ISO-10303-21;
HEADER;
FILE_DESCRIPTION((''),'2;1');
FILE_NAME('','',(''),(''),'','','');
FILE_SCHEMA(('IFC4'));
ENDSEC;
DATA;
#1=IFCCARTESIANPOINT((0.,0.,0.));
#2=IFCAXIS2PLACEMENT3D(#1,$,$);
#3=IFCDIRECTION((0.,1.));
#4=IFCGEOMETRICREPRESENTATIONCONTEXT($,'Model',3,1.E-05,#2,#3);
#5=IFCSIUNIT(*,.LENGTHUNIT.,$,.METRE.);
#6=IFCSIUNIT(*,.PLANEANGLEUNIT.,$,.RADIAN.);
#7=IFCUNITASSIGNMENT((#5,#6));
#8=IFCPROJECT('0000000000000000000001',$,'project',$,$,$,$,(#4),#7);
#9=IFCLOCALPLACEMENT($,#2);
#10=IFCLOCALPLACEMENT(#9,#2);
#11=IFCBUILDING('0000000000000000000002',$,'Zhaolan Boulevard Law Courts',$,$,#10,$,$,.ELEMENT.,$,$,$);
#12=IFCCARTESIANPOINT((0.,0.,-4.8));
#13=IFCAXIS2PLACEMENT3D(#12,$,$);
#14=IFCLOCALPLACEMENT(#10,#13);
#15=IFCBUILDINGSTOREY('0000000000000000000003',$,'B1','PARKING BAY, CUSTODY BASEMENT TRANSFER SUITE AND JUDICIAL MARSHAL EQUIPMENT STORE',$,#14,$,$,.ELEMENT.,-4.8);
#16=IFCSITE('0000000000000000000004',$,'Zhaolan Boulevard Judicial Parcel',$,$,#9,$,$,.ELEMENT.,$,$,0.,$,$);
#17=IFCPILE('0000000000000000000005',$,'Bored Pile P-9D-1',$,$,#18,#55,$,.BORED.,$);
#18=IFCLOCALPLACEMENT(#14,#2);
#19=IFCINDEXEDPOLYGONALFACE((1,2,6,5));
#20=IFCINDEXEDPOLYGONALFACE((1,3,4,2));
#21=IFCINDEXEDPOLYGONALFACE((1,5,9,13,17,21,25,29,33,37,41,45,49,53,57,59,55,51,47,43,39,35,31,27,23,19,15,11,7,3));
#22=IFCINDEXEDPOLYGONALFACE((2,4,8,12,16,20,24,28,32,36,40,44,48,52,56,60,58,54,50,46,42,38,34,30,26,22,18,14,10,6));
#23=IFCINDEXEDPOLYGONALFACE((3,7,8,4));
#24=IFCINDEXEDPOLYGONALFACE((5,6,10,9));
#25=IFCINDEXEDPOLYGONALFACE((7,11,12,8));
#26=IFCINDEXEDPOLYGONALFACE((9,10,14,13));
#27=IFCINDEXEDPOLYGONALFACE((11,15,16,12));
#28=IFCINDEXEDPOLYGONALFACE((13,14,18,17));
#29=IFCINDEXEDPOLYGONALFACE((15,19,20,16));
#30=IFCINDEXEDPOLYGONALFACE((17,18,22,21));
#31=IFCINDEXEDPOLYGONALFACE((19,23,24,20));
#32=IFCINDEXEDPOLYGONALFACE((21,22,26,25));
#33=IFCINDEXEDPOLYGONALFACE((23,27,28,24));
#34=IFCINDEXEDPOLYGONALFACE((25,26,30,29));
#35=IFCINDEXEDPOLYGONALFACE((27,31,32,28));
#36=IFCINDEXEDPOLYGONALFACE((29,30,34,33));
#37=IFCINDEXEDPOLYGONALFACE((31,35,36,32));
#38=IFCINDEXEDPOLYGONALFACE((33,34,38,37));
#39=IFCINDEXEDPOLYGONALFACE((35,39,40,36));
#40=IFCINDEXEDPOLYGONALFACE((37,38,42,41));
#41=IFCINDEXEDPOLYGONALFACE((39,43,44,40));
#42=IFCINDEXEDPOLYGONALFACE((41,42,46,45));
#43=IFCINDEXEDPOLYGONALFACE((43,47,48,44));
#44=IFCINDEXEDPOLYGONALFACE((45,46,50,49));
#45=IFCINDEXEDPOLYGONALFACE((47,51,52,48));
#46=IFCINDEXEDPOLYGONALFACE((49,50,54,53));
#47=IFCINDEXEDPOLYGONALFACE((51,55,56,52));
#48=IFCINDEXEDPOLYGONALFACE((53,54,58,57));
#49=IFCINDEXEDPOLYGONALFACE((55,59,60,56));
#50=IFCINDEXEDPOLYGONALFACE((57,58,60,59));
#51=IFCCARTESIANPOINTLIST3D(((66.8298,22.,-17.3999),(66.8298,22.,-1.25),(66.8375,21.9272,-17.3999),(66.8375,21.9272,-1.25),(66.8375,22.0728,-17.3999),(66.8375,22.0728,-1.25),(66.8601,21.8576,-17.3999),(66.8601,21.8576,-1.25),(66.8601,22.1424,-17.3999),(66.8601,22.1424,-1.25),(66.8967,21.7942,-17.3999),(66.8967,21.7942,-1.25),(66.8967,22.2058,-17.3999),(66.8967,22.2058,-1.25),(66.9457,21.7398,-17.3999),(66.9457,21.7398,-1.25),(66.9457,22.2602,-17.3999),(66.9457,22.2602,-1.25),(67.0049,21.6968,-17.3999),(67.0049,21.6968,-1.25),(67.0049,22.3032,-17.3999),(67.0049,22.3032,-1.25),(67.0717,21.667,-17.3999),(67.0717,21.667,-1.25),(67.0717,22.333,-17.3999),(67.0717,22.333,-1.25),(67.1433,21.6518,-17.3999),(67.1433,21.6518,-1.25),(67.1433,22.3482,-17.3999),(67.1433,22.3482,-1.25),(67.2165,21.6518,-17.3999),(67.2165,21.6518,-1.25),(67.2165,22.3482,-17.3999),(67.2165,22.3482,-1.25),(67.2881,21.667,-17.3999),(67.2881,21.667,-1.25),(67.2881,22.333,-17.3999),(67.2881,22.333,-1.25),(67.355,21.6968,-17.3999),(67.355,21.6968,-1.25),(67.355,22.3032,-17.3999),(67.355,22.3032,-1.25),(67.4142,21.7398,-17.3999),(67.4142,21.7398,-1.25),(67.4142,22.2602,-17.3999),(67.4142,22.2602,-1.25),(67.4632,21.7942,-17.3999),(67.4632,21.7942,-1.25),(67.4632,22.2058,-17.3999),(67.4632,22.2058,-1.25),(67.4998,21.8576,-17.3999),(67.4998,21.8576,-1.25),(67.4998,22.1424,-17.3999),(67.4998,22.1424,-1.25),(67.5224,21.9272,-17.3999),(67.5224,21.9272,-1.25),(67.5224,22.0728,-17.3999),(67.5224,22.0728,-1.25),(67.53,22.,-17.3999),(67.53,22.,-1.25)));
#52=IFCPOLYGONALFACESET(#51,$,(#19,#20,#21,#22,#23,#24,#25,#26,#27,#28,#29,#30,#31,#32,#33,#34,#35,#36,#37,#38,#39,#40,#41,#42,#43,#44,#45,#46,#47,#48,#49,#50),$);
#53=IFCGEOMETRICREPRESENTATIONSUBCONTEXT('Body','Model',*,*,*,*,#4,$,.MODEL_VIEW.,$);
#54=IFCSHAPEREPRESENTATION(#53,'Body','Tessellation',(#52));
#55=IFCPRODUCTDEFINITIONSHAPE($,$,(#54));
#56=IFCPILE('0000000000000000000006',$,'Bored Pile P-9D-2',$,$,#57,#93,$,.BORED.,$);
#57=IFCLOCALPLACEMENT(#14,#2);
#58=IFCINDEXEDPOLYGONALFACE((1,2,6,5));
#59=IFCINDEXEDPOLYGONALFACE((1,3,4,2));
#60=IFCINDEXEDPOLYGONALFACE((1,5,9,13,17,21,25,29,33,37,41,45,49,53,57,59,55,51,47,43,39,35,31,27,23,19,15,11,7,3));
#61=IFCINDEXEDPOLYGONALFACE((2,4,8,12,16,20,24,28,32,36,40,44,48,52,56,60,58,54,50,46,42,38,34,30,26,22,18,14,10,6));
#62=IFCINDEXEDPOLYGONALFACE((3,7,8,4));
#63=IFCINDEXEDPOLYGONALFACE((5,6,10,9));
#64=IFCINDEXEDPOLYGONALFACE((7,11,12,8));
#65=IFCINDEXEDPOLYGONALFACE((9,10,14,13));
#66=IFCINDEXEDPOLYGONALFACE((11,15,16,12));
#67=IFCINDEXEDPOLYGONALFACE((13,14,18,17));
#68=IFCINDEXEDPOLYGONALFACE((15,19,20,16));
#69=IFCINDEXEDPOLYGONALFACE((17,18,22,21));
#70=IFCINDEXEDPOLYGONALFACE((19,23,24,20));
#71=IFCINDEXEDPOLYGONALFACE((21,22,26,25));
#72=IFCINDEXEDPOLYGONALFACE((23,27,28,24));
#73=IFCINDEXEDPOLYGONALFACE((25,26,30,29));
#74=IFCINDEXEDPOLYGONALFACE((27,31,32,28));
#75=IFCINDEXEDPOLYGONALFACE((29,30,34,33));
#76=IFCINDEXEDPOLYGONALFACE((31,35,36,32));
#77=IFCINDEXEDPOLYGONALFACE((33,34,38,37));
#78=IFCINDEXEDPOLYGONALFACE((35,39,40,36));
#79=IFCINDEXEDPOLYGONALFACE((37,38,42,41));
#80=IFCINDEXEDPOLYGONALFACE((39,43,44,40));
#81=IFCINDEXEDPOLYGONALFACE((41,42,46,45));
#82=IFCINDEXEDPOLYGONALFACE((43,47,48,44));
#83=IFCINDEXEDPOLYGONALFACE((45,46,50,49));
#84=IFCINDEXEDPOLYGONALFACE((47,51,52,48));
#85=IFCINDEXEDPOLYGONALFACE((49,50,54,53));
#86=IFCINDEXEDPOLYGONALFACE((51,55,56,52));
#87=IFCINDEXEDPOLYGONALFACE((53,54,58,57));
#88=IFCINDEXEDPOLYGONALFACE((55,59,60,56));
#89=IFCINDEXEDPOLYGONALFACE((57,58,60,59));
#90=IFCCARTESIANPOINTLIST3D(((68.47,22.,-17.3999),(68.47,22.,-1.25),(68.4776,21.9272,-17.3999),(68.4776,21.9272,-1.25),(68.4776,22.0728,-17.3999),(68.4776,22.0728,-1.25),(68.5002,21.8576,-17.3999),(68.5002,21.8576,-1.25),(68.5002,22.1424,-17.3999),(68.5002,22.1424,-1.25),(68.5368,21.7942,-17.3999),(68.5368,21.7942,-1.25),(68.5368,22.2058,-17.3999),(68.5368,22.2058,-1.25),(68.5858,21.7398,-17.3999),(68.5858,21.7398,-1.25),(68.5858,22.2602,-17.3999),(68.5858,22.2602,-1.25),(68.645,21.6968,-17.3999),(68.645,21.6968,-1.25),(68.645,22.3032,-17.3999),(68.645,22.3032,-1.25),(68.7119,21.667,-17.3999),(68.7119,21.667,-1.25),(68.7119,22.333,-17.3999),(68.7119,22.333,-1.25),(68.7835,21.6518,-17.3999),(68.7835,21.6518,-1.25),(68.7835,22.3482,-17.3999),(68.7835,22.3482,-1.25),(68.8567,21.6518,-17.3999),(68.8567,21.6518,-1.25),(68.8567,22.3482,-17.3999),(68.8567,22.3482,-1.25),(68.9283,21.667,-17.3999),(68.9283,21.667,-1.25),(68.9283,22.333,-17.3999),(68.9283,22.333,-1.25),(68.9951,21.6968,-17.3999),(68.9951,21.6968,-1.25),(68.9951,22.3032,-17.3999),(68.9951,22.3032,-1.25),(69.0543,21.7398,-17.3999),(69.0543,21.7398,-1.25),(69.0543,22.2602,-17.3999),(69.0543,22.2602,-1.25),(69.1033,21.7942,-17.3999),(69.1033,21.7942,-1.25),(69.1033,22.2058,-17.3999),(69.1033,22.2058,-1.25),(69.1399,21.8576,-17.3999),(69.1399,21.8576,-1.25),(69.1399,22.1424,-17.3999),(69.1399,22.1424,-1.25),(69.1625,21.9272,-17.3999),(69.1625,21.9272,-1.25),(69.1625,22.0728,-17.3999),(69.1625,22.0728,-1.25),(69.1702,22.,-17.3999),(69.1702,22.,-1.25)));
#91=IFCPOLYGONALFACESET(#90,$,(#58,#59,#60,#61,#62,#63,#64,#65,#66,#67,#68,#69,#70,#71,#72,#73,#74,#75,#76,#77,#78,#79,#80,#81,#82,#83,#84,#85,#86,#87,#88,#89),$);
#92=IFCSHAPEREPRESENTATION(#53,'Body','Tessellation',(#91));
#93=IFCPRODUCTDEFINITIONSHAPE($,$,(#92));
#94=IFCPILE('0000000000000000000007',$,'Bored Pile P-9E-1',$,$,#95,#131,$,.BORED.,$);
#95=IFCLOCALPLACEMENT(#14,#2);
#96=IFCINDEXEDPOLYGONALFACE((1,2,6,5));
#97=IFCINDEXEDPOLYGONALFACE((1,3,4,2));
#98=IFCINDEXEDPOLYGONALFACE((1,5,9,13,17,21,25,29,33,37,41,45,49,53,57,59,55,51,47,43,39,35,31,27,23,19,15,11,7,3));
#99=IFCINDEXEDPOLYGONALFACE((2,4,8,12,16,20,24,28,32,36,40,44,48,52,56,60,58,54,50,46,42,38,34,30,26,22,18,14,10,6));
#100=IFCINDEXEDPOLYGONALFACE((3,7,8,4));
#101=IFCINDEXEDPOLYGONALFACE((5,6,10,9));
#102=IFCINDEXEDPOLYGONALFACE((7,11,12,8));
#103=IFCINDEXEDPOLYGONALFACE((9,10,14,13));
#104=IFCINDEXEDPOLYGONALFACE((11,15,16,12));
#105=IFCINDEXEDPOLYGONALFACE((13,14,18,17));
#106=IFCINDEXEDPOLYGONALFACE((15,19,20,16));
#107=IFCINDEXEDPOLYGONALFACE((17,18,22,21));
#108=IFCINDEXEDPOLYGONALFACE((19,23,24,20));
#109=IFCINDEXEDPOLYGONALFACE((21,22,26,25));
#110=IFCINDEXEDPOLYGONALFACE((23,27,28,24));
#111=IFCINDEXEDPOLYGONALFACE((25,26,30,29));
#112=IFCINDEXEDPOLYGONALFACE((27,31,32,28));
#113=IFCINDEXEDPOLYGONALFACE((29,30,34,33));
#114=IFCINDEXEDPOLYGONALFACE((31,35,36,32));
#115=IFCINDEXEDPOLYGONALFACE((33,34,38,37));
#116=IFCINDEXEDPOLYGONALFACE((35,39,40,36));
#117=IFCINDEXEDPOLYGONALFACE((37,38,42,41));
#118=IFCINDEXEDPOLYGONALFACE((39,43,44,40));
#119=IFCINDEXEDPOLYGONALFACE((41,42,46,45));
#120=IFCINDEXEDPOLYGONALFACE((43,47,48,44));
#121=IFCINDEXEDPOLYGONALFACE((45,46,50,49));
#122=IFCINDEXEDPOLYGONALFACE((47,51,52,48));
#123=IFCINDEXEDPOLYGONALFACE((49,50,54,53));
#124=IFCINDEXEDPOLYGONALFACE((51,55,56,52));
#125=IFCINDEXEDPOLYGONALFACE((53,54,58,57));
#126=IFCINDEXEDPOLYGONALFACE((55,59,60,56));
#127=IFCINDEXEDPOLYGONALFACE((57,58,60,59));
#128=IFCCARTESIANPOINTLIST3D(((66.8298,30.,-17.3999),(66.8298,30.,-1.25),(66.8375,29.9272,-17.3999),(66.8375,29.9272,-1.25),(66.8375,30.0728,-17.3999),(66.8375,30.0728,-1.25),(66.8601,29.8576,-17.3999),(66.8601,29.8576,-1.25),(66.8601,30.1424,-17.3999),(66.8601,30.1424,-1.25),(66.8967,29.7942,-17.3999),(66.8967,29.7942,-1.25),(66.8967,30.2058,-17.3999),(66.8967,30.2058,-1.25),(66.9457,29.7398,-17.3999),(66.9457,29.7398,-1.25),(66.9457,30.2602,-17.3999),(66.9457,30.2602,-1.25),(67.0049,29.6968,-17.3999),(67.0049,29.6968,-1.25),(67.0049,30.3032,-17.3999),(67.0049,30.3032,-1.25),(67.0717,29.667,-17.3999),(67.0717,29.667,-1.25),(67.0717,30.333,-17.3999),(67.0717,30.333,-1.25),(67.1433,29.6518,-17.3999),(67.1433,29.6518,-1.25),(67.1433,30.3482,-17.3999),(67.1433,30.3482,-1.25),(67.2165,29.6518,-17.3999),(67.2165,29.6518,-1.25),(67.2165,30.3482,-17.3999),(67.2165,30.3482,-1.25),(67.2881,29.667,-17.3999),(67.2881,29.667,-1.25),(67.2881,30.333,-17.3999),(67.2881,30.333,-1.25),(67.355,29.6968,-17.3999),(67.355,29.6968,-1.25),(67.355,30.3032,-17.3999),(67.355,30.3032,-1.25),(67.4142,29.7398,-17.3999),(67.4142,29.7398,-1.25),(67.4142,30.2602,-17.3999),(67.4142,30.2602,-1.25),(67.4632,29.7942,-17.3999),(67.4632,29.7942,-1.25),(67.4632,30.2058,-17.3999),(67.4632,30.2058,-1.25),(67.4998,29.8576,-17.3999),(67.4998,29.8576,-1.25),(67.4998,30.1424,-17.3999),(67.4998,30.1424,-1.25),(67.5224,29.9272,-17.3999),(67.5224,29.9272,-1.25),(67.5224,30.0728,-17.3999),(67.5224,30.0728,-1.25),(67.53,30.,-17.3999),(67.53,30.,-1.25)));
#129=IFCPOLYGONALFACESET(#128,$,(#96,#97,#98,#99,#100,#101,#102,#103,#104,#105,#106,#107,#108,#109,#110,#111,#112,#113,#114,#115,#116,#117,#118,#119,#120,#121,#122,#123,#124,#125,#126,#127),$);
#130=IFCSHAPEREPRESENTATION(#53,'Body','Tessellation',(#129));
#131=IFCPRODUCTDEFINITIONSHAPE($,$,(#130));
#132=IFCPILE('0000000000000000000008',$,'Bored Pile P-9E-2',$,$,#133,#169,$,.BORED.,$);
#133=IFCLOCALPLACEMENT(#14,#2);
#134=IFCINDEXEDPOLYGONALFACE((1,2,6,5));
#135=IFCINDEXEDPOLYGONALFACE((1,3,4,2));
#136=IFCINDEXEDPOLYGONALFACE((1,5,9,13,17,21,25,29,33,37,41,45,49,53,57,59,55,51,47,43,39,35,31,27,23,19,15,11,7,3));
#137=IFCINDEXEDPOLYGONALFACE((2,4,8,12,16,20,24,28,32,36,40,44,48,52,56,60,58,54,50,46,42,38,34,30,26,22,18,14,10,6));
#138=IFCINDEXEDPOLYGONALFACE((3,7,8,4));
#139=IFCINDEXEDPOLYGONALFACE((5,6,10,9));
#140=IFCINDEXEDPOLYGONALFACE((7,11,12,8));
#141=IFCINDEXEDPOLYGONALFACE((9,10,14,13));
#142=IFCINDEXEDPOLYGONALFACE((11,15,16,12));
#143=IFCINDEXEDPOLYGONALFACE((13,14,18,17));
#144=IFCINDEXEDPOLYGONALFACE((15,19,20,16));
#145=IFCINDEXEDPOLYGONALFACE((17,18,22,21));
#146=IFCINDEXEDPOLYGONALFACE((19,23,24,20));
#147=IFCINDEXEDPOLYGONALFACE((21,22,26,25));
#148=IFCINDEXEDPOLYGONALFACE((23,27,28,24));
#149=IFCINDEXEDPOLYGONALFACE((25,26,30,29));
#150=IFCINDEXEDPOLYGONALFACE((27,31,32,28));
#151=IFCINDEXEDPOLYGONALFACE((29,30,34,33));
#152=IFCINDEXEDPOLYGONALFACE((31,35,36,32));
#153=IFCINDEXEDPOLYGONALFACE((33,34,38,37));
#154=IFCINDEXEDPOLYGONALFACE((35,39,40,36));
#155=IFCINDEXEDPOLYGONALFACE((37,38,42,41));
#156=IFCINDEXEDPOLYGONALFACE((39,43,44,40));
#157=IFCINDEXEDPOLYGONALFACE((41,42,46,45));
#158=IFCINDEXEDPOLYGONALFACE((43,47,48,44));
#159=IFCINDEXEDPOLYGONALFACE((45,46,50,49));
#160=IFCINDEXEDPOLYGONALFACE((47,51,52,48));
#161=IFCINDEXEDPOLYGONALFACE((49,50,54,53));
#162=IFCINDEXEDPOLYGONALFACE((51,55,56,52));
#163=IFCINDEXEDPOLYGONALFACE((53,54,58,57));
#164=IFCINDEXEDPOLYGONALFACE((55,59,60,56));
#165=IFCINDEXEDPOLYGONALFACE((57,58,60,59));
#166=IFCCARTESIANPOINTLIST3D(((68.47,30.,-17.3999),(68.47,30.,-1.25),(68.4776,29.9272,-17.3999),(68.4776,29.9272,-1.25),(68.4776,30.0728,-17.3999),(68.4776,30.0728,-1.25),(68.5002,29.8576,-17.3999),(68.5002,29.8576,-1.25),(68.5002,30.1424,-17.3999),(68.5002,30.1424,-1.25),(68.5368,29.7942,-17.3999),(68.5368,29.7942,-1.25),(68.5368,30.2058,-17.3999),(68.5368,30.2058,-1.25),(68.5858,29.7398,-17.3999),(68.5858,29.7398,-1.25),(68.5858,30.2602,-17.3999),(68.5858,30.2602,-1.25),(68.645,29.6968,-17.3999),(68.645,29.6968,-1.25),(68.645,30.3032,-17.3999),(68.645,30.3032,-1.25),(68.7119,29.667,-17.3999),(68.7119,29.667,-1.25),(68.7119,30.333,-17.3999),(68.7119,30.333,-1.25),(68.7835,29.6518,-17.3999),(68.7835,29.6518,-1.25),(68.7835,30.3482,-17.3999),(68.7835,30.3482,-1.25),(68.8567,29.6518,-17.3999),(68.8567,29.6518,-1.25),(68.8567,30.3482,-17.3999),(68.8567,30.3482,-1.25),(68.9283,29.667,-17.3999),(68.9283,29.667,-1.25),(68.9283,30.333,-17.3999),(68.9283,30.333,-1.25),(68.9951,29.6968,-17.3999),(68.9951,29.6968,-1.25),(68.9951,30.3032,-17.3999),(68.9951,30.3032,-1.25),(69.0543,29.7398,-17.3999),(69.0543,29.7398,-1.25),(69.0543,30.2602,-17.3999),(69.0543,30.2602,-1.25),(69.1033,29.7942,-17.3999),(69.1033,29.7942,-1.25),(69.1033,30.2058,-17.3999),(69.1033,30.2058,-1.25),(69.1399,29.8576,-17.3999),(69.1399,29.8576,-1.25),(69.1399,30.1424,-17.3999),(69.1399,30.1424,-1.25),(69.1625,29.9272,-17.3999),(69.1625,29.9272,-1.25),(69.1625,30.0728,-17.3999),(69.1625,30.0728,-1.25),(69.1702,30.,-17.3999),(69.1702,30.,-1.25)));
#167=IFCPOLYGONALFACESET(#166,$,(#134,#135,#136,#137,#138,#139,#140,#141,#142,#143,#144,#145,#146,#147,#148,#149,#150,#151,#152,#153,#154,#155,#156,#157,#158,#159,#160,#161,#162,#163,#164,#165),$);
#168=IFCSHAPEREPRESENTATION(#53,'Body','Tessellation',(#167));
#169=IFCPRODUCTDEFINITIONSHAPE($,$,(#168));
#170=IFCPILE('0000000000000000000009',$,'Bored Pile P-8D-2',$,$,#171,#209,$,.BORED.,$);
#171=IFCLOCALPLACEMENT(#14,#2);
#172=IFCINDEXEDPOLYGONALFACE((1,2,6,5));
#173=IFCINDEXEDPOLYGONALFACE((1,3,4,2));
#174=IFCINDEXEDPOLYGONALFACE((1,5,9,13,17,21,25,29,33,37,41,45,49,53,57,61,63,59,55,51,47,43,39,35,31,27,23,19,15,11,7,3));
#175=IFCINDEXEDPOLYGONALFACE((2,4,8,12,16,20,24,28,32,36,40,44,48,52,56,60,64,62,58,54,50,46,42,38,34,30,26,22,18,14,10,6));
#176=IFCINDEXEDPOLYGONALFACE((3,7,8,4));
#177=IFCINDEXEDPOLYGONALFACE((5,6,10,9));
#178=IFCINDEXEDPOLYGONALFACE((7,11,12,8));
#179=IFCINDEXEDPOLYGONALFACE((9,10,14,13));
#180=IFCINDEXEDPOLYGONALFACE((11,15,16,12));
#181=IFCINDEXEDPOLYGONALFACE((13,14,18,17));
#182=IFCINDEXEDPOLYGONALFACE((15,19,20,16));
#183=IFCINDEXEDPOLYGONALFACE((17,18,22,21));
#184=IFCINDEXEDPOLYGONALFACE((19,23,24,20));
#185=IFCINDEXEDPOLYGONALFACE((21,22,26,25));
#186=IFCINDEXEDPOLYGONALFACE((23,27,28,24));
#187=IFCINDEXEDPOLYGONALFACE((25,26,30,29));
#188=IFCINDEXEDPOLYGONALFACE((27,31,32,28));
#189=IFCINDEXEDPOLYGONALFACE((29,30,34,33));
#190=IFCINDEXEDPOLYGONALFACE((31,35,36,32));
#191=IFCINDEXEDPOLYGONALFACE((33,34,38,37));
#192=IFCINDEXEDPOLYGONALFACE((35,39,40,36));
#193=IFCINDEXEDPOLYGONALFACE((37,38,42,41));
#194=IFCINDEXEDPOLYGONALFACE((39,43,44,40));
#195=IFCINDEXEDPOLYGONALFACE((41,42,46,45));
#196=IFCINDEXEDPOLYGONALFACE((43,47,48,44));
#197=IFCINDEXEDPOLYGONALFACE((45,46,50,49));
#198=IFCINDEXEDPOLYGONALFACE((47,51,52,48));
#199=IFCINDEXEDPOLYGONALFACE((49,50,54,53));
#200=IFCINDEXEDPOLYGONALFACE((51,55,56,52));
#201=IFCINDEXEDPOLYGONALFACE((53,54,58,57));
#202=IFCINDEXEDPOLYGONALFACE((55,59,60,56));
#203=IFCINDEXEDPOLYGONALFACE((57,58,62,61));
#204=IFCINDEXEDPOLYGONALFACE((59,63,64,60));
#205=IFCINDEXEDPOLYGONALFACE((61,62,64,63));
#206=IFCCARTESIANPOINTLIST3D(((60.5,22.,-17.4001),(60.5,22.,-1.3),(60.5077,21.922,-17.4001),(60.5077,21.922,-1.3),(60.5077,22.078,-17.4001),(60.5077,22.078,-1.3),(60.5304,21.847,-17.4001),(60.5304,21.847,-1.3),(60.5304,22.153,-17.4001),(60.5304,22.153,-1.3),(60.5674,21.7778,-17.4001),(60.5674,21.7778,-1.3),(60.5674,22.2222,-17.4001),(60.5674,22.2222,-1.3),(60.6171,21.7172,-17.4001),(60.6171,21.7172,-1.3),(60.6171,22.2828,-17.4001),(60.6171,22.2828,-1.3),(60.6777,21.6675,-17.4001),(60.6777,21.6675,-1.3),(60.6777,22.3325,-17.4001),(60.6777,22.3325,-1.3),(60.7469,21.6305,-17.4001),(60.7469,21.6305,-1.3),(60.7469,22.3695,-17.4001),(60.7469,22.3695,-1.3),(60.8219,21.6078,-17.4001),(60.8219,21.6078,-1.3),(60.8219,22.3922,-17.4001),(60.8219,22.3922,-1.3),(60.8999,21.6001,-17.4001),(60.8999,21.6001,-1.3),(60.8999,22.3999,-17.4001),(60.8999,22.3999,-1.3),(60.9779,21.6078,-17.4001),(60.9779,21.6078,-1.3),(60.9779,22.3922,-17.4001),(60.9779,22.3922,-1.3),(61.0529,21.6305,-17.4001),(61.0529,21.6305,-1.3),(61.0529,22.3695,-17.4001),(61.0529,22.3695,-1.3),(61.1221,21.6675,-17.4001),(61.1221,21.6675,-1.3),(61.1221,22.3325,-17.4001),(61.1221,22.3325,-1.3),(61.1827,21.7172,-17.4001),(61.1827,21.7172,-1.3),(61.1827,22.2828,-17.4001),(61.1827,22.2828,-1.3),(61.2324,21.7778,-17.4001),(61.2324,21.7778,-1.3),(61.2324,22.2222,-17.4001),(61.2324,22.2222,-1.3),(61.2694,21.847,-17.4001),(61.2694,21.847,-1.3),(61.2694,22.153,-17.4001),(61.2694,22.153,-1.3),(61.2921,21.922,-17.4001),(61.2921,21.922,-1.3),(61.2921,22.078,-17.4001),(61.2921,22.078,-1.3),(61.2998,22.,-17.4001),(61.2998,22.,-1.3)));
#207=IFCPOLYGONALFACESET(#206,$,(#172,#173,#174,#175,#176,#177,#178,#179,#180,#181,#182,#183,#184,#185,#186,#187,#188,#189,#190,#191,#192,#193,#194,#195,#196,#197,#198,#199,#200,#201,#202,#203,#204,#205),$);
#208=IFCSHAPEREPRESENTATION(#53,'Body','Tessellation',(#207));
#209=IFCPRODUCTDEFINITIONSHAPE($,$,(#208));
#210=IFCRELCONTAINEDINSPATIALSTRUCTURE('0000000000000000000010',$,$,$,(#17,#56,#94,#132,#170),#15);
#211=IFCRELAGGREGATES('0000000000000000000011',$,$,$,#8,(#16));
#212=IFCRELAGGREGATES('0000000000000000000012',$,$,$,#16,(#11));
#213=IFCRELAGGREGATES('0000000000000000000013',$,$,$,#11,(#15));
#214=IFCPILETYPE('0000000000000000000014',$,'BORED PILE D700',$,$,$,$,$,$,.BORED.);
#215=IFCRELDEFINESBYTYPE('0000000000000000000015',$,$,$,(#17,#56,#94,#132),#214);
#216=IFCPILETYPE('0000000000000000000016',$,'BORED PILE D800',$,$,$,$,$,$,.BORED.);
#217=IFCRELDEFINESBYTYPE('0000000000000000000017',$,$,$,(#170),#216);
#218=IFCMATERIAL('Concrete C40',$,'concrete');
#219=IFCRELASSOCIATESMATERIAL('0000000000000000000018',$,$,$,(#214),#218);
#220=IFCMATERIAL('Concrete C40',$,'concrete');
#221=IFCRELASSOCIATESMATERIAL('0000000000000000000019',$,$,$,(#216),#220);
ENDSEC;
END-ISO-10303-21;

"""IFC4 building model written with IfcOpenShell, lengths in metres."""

from ifc_helpers import new_model, si_unit, direction, frame, origin, origin_2d, place, context, subcontext, project, spatial, circle, extrude, material, material_profile, profile_set, type_object, element, save


model = new_model("IFC4")

# Units and contexts
model_context = context("Model", 3, precision=1e-05, world=origin(), true_north=direction((0.0, 1.0)))
body_context = subcontext(model_context, "Body", "Model", "MODEL_VIEW")
ifc_project = project(units=[si_unit("LENGTHUNIT", "METRE"), si_unit("PLANEANGLEUNIT", "RADIAN")], contexts=[model_context])

# Site, building, storey
site_placement = place(None, origin())
site = spatial("IfcSite", under=ifc_project, at=site_placement, Name="Zhaolan Boulevard Judicial Parcel", CompositionType="ELEMENT", RefElevation=0.0)
building_placement = place(site_placement, origin())
building = spatial("IfcBuilding", under=site, at=building_placement, Name="Zhaolan Boulevard Law Courts", CompositionType="ELEMENT")
storey_placement = place(building_placement, frame((0.0, 0.0, -4.8)))
storey = spatial("IfcBuildingStorey", under=building, at=storey_placement, Name="B1", Description="PARKING BAY, CUSTODY BASEMENT TRANSFER SUITE AND JUDICIAL MARSHAL EQUIPMENT STORE", CompositionType="ELEMENT", Elevation=-4.8)

# Piles
ifc_material_1 = material(Name="Concrete C40", Category="concrete")
ifc_material_profile_1 = material_profile(ifc_material_1, circle(Radius=0.3501, at=origin_2d()), Name="PILE-D700")
ifc_profile_set_1 = profile_set([ifc_material_profile_1], Name="Concrete C40")
pile_type_1 = type_object("IfcPileType", Name="BORED PILE D700", PredefinedType="BORED", material=ifc_profile_set_1)
for number, where, z_axis, x_axis, name in (
    (1, (67.1799, 22.0, -1.25), (0.0, 0.0, -1.0), (1.0, 0.0, 0.0), "Bored Pile P-9D-1"),
    (2, (68.8201, 22.0, -1.25), (0.0, 0.0, -1.0), (1.0, 0.0, 0.0), "Bored Pile P-9D-2"),
    (3, (67.1799, 30.0, -1.25), (0.0, 0.0, -1.0), (1.0, 0.0, 0.0), "Bored Pile P-9E-1"),
    (4, (68.8201, 30.0, -1.25), (0.0, 0.0, -1.0), (1.0, 0.0, 0.0), "Bored Pile P-9E-2"),
):
    element("IfcPile", number, at=place(storey_placement, frame(where, z_axis=z_axis, x_axis=x_axis)), inside=storey, type_object=pile_type_1, Name=name, PredefinedType="BORED", context=body_context, shape_type="SweptSolid", body=[
        extrude(circle(Radius=0.3501, at=origin_2d()), origin(), (0.0, 0.0, 1.0), 16.1499),
    ])
ifc_material_2 = material(Name="Concrete C40", Category="concrete")
ifc_material_profile_2 = material_profile(ifc_material_2, circle(Radius=0.3999, at=origin_2d()), Name="PILE-D800")
ifc_profile_set_2 = profile_set([ifc_material_profile_2], Name="Concrete C40")
pile_type_2 = type_object("IfcPileType", Name="BORED PILE D800", PredefinedType="BORED", material=ifc_profile_set_2)
pile_placement = place(storey_placement, frame((60.8999, 22.0, -1.3), z_axis=(0.0, 0.0, -1.0), x_axis=(1.0, 0.0, 0.0)))
element("IfcPile", 5, at=pile_placement, inside=storey, type_object=pile_type_2, Name="Bored Pile P-8D-2", PredefinedType="BORED", context=body_context, shape_type="SweptSolid", body=[
    extrude(circle(Radius=0.3999, at=origin_2d()), origin(), (0.0, 0.0, 1.0), 16.1001),
])

save(model, "model.ifc")
